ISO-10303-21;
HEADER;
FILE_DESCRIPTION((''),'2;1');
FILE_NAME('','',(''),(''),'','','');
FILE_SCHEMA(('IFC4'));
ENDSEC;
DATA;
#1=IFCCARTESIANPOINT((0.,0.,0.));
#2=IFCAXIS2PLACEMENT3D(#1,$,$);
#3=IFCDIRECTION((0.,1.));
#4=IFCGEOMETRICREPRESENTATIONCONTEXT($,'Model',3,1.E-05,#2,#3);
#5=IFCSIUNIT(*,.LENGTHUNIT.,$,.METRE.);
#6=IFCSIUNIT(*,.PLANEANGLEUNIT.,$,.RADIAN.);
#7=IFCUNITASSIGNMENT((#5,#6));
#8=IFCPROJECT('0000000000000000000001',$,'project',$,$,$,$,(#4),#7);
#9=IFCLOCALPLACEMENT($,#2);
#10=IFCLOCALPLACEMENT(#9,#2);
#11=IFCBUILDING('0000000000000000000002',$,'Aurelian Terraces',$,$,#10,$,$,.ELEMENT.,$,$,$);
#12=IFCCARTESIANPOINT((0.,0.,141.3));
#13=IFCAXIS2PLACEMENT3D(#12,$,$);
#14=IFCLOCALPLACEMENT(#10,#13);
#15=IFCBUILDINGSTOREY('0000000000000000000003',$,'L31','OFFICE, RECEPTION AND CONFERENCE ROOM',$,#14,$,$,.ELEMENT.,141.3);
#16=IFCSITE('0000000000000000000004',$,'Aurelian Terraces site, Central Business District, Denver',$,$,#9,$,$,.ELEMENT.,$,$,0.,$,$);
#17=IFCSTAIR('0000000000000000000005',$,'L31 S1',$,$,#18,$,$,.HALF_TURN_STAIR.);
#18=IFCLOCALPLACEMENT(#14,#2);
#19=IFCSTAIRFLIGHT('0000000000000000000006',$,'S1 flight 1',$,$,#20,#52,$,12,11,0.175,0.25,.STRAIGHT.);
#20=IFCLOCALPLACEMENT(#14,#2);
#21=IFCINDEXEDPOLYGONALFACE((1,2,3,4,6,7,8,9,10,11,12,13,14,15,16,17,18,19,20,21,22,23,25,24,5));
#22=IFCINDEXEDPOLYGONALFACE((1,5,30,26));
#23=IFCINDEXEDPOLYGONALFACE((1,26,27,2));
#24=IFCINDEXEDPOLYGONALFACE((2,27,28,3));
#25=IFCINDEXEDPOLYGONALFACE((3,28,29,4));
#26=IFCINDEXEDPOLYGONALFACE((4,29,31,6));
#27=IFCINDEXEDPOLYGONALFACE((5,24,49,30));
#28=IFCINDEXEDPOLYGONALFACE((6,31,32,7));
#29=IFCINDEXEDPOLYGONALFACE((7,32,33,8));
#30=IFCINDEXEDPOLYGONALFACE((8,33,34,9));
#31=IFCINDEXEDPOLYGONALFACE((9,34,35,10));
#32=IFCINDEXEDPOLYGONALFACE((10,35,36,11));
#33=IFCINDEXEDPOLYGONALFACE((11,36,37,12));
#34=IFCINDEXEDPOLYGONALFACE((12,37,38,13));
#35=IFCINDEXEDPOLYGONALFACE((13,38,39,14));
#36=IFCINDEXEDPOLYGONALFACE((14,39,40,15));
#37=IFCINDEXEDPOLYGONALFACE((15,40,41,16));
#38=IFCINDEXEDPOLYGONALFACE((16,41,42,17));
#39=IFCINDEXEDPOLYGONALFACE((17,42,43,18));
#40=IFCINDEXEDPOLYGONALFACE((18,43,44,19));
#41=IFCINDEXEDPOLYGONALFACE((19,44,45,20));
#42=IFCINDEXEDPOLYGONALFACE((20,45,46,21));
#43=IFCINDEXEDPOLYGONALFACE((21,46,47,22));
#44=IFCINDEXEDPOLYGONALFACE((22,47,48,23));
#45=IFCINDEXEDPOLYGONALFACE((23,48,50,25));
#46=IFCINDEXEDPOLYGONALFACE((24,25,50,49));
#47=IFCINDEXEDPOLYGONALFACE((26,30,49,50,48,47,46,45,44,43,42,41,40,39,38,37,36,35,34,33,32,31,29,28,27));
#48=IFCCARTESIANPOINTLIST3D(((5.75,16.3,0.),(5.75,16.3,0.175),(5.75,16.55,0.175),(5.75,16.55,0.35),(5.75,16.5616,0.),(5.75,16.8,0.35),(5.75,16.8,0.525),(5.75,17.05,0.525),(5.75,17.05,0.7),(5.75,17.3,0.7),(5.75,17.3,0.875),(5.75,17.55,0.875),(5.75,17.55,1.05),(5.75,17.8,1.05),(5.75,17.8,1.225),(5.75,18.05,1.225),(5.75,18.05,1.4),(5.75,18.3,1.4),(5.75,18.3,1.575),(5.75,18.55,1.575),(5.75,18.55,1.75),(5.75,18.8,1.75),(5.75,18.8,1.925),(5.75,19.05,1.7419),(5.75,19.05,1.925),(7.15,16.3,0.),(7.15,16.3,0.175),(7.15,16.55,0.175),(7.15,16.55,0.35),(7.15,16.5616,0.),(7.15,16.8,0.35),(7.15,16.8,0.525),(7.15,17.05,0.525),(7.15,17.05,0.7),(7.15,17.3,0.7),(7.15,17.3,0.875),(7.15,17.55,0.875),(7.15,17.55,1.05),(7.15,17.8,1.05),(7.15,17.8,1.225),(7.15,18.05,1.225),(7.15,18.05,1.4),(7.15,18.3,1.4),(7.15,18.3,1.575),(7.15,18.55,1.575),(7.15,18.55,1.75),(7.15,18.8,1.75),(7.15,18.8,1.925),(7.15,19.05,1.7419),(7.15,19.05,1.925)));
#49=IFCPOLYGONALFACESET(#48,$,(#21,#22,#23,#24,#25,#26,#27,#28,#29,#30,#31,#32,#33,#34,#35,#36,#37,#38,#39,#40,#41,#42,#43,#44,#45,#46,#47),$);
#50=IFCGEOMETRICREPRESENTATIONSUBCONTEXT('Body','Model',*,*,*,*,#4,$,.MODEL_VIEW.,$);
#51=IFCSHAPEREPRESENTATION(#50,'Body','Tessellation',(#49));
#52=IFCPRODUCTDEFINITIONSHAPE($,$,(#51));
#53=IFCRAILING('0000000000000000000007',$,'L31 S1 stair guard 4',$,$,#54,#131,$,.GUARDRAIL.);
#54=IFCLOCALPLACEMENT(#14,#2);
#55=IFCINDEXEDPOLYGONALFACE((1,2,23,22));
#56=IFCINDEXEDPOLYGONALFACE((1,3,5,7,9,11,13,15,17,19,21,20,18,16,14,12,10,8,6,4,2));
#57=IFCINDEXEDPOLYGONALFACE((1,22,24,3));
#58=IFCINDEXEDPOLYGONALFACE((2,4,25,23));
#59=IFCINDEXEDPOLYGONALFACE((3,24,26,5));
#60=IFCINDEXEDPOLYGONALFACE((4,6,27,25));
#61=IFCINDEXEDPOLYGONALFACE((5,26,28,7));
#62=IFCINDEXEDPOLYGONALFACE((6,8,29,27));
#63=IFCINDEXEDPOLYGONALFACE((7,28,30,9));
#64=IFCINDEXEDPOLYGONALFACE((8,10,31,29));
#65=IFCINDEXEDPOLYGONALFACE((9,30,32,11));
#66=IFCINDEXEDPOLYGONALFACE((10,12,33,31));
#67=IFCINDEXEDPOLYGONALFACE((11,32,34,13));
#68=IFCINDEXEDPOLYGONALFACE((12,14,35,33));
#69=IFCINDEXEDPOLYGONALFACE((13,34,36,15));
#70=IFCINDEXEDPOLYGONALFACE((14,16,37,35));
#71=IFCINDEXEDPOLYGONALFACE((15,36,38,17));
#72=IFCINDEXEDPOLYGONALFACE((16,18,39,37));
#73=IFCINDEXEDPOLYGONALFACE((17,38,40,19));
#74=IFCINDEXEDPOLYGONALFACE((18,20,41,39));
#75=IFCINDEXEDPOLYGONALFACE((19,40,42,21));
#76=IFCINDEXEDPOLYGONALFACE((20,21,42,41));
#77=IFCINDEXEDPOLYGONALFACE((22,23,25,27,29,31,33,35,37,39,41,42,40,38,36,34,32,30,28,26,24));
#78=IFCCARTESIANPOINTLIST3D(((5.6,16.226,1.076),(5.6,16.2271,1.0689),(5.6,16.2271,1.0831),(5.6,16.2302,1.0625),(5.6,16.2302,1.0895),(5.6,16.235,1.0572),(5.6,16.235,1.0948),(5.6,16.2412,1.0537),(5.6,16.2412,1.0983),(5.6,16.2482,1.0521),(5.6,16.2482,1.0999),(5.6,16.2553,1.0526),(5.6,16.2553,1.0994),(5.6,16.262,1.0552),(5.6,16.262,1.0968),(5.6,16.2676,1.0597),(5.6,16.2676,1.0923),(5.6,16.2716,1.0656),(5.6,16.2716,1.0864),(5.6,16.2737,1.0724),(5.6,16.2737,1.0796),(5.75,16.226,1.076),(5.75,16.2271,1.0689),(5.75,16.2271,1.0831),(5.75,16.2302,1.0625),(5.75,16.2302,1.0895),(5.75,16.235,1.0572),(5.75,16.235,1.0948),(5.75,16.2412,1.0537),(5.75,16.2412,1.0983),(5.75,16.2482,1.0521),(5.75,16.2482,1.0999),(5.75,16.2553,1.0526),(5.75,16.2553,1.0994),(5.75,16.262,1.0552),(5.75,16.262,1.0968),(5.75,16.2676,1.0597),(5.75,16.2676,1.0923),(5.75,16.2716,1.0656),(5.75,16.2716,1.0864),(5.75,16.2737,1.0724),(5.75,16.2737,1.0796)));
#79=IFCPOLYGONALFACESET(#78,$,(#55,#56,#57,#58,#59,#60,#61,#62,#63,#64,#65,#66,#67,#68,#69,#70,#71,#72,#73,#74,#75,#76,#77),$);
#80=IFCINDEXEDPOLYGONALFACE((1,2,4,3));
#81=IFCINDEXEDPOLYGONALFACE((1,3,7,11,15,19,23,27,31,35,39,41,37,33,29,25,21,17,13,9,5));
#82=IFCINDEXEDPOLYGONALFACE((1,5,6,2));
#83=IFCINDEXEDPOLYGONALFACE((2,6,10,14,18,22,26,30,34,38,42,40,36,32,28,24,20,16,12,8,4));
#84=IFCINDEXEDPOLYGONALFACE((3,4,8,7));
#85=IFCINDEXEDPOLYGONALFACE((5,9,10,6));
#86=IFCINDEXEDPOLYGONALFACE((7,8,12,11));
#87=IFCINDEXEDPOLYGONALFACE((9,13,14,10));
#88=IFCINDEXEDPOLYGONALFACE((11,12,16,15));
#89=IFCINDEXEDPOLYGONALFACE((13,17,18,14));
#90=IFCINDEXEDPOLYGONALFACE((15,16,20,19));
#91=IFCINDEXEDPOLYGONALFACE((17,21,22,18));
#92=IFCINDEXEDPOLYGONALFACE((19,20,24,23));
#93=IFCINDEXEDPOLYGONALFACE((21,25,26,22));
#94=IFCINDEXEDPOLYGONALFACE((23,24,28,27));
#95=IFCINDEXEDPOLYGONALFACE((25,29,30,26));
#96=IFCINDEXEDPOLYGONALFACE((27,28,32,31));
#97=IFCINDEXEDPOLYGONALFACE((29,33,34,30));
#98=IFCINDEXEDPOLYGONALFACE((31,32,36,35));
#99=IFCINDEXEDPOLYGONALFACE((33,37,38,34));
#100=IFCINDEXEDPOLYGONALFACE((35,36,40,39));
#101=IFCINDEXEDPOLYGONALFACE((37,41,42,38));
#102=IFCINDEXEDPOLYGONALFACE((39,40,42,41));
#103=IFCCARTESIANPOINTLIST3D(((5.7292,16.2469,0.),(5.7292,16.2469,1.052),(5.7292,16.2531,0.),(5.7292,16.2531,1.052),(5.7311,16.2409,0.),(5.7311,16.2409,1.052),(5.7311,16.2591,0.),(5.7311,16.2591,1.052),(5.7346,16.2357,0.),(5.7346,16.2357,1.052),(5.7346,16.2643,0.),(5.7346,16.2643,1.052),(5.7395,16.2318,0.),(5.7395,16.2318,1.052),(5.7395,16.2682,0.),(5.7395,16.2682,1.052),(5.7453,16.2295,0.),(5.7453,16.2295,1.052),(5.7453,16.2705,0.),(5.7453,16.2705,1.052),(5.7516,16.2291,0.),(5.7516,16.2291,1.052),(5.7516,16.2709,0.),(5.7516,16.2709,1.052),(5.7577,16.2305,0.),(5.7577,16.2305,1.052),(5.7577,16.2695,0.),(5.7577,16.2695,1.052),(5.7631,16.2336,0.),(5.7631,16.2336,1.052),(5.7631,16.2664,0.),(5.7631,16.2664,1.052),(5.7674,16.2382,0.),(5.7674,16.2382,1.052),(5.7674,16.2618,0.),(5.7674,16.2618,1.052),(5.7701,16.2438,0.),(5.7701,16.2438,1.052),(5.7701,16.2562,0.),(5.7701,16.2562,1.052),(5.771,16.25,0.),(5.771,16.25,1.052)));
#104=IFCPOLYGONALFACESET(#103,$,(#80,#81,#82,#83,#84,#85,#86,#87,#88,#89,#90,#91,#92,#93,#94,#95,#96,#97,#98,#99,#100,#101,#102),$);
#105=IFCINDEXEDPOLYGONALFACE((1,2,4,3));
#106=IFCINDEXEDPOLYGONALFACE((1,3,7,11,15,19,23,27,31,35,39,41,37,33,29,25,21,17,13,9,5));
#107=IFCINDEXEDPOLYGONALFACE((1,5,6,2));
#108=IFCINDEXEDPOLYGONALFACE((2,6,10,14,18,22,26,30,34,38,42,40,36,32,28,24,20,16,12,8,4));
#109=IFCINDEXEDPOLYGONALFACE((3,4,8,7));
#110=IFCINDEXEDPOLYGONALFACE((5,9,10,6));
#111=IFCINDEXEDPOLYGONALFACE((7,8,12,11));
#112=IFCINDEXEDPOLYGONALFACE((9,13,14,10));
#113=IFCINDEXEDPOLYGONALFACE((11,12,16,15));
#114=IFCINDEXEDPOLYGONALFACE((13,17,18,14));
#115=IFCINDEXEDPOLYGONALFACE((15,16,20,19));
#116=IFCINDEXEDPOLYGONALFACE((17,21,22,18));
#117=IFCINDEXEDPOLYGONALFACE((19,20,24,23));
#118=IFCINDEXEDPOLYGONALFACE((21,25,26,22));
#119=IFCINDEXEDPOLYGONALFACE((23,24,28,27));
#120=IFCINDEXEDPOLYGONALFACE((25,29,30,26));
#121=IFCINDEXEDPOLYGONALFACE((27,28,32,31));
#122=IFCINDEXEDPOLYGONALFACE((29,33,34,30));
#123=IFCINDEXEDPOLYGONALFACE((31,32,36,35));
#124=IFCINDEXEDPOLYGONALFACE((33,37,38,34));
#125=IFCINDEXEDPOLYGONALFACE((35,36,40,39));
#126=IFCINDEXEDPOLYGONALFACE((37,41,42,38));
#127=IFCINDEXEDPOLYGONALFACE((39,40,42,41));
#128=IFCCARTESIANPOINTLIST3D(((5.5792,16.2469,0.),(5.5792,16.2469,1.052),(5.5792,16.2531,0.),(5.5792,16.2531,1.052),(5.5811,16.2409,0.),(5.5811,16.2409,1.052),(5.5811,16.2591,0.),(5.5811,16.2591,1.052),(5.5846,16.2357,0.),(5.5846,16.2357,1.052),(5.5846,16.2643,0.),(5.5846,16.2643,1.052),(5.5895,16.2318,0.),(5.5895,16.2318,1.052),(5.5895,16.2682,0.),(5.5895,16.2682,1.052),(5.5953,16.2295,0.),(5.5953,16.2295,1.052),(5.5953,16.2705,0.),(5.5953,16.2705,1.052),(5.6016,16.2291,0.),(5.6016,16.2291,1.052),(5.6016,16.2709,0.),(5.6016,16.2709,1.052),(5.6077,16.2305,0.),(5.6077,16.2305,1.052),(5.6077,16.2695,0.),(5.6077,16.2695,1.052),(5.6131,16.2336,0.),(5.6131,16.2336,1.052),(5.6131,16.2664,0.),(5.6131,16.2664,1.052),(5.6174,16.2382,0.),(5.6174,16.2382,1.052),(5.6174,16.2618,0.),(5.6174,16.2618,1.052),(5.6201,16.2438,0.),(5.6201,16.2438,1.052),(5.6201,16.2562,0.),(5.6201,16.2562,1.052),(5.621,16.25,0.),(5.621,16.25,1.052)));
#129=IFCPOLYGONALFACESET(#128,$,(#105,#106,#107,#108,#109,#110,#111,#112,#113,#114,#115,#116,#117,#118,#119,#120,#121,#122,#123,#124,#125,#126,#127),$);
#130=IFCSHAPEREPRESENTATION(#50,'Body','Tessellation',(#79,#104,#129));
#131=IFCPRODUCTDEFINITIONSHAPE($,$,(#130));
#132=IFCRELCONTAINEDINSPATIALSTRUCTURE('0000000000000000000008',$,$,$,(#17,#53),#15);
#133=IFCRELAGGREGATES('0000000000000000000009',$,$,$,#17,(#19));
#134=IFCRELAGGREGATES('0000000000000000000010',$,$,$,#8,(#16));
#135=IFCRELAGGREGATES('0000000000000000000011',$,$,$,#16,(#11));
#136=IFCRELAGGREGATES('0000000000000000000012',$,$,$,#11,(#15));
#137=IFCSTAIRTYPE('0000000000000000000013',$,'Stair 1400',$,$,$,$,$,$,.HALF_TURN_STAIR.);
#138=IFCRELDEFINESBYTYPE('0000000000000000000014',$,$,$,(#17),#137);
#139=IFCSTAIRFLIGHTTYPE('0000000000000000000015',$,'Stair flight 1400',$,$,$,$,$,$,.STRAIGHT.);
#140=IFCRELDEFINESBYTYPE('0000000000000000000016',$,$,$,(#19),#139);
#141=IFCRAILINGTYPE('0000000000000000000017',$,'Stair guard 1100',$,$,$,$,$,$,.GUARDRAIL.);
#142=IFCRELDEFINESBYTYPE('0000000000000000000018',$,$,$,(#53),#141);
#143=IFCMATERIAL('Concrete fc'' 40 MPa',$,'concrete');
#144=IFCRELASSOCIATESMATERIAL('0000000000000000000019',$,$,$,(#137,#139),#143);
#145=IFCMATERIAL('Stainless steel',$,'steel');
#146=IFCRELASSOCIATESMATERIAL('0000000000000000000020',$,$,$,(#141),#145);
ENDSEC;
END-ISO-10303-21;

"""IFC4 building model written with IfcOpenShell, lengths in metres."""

from ifc_helpers import new_model, si_unit, direction, frame, origin, origin_2d, place, context, subcontext, project, spatial, polyline, circle, outline, extrude, source, transform, mapped, material, type_object, element, aggregate, save


model = new_model("IFC4")

# Units and contexts
model_context = context("Model", 3, precision=1e-05, world=origin(), true_north=direction((0.0, 1.0)))
body_context = subcontext(model_context, "Body", "Model", "MODEL_VIEW")
ifc_project = project(units=[si_unit("LENGTHUNIT", "METRE"), si_unit("PLANEANGLEUNIT", "RADIAN")], contexts=[model_context])

# Site, building, storey
site_placement = place(None, origin())
site = spatial("IfcSite", under=ifc_project, at=site_placement, Name="Aurelian Terraces site, Central Business District, Denver", CompositionType="ELEMENT", RefElevation=0.0)
building_placement = place(site_placement, origin())
building = spatial("IfcBuilding", under=site, at=building_placement, Name="Aurelian Terraces", CompositionType="ELEMENT")
storey_placement = place(building_placement, frame((0.0, 0.0, 141.3)))
storey = spatial("IfcBuildingStorey", under=building, at=storey_placement, Name="L31", Description="OFFICE, RECEPTION AND CONFERENCE ROOM", CompositionType="ELEMENT", Elevation=141.3)

# Shared definitions
ifc_material_1 = material(Name="Concrete fc' 40 MPa", Category="concrete")

# Shared definitions
ifc_material_2 = material(Name="Stainless steel", Category="steel")

# Stair, stair flight
stair_type = type_object("IfcStairType", Name="Stair 1400", PredefinedType="HALF_TURN_STAIR", material=ifc_material_1)
stair_placement = place(storey_placement, origin())
stair = element("IfcStair", 1, at=stair_placement, inside=storey, type_object=stair_type, Name="L31 S1", PredefinedType="HALF_TURN_STAIR")
stair_flight_type = type_object("IfcStairFlightType", Name="Stair flight 1400", PredefinedType="STRAIGHT", material=ifc_material_1)
shared_shape_1 = source(origin(), body_context, "Body", "SweptSolid", [
    extrude(outline(polyline([(0.0, 0.0), (0.0, 0.175), (0.25, 0.175), (0.25, 0.35), (0.5, 0.35), (0.5, 0.525), (0.75, 0.525), (0.75, 0.7), (1.0, 0.7), (1.0, 0.875), (1.25, 0.875), (1.25, 1.05), (1.5, 1.05), (1.5, 1.225), (1.75, 1.225), (1.75, 1.4), (2.0, 1.4), (2.0, 1.575), (2.25, 1.575), (2.25, 1.75), (2.5, 1.75), (2.5, 1.925), (2.75, 1.925), (2.75, 2.1), (2.75, 1.7419), (0.2616, 0.0), (0.0, 0.0)])), frame((0.0, 0.7, 0.0), z_axis=(0.0, -1.0, 0.0), x_axis=(1.0, 0.0, 0.0)), (0.0, 0.0, 1.0), 1.4),
])
stair_flight_placement = place(storey_placement, frame((6.45, 16.3, 0.0), z_axis=(0.0, 0.0, 1.0), x_axis=(0.0, 1.0, 0.0)))
stair_flight = element("IfcStairFlight", 2, at=stair_flight_placement, type_object=stair_flight_type, Name="S1 flight 1", NumberOfRisers=12, NumberOfTreads=11, PredefinedType="STRAIGHT", RiserHeight=0.175, TreadLength=0.25, context=body_context, shape_type="MappedRepresentation", body=[
    mapped(shared_shape_1, transform((0.0, 0.0, 0.0), scale=1.0)),
])
aggregate(stair, [stair_flight])

# Railing
railing_type_1 = type_object("IfcRailingType", Name="Stair guard 1100", PredefinedType="GUARDRAIL", material=ifc_material_2)
shared_shape_2 = source(origin(), body_context, "Body", "SweptSolid", [
    extrude(circle(Radius=0.024, at=origin_2d()), frame((0.0, 0.0, 1.076), z_axis=(-1.0, 0.0, 0.0), x_axis=(0.0, -1.0, 0.0)), (0.0, 0.0, 1.0), 0.15),
    extrude(circle(Radius=0.021, at=origin_2d()), origin(), (0.0, 0.0, 1.0), 1.052),
    extrude(circle(Radius=0.021, at=origin_2d()), frame((-0.15, 0.0, 0.0)), (0.0, 0.0, 1.0), 1.052),
])
railing_1_placement = place(storey_placement, frame((5.75, 16.25, 0.0)))
element("IfcRailing", 3, at=railing_1_placement, inside=storey, type_object=railing_type_1, Name="L31 S1 stair guard 4", PredefinedType="GUARDRAIL", context=body_context, shape_type="MappedRepresentation", body=[
    mapped(shared_shape_2, transform((0.0, 0.0, 0.0), scale=1.0)),
])

save(model, "model.ifc")
